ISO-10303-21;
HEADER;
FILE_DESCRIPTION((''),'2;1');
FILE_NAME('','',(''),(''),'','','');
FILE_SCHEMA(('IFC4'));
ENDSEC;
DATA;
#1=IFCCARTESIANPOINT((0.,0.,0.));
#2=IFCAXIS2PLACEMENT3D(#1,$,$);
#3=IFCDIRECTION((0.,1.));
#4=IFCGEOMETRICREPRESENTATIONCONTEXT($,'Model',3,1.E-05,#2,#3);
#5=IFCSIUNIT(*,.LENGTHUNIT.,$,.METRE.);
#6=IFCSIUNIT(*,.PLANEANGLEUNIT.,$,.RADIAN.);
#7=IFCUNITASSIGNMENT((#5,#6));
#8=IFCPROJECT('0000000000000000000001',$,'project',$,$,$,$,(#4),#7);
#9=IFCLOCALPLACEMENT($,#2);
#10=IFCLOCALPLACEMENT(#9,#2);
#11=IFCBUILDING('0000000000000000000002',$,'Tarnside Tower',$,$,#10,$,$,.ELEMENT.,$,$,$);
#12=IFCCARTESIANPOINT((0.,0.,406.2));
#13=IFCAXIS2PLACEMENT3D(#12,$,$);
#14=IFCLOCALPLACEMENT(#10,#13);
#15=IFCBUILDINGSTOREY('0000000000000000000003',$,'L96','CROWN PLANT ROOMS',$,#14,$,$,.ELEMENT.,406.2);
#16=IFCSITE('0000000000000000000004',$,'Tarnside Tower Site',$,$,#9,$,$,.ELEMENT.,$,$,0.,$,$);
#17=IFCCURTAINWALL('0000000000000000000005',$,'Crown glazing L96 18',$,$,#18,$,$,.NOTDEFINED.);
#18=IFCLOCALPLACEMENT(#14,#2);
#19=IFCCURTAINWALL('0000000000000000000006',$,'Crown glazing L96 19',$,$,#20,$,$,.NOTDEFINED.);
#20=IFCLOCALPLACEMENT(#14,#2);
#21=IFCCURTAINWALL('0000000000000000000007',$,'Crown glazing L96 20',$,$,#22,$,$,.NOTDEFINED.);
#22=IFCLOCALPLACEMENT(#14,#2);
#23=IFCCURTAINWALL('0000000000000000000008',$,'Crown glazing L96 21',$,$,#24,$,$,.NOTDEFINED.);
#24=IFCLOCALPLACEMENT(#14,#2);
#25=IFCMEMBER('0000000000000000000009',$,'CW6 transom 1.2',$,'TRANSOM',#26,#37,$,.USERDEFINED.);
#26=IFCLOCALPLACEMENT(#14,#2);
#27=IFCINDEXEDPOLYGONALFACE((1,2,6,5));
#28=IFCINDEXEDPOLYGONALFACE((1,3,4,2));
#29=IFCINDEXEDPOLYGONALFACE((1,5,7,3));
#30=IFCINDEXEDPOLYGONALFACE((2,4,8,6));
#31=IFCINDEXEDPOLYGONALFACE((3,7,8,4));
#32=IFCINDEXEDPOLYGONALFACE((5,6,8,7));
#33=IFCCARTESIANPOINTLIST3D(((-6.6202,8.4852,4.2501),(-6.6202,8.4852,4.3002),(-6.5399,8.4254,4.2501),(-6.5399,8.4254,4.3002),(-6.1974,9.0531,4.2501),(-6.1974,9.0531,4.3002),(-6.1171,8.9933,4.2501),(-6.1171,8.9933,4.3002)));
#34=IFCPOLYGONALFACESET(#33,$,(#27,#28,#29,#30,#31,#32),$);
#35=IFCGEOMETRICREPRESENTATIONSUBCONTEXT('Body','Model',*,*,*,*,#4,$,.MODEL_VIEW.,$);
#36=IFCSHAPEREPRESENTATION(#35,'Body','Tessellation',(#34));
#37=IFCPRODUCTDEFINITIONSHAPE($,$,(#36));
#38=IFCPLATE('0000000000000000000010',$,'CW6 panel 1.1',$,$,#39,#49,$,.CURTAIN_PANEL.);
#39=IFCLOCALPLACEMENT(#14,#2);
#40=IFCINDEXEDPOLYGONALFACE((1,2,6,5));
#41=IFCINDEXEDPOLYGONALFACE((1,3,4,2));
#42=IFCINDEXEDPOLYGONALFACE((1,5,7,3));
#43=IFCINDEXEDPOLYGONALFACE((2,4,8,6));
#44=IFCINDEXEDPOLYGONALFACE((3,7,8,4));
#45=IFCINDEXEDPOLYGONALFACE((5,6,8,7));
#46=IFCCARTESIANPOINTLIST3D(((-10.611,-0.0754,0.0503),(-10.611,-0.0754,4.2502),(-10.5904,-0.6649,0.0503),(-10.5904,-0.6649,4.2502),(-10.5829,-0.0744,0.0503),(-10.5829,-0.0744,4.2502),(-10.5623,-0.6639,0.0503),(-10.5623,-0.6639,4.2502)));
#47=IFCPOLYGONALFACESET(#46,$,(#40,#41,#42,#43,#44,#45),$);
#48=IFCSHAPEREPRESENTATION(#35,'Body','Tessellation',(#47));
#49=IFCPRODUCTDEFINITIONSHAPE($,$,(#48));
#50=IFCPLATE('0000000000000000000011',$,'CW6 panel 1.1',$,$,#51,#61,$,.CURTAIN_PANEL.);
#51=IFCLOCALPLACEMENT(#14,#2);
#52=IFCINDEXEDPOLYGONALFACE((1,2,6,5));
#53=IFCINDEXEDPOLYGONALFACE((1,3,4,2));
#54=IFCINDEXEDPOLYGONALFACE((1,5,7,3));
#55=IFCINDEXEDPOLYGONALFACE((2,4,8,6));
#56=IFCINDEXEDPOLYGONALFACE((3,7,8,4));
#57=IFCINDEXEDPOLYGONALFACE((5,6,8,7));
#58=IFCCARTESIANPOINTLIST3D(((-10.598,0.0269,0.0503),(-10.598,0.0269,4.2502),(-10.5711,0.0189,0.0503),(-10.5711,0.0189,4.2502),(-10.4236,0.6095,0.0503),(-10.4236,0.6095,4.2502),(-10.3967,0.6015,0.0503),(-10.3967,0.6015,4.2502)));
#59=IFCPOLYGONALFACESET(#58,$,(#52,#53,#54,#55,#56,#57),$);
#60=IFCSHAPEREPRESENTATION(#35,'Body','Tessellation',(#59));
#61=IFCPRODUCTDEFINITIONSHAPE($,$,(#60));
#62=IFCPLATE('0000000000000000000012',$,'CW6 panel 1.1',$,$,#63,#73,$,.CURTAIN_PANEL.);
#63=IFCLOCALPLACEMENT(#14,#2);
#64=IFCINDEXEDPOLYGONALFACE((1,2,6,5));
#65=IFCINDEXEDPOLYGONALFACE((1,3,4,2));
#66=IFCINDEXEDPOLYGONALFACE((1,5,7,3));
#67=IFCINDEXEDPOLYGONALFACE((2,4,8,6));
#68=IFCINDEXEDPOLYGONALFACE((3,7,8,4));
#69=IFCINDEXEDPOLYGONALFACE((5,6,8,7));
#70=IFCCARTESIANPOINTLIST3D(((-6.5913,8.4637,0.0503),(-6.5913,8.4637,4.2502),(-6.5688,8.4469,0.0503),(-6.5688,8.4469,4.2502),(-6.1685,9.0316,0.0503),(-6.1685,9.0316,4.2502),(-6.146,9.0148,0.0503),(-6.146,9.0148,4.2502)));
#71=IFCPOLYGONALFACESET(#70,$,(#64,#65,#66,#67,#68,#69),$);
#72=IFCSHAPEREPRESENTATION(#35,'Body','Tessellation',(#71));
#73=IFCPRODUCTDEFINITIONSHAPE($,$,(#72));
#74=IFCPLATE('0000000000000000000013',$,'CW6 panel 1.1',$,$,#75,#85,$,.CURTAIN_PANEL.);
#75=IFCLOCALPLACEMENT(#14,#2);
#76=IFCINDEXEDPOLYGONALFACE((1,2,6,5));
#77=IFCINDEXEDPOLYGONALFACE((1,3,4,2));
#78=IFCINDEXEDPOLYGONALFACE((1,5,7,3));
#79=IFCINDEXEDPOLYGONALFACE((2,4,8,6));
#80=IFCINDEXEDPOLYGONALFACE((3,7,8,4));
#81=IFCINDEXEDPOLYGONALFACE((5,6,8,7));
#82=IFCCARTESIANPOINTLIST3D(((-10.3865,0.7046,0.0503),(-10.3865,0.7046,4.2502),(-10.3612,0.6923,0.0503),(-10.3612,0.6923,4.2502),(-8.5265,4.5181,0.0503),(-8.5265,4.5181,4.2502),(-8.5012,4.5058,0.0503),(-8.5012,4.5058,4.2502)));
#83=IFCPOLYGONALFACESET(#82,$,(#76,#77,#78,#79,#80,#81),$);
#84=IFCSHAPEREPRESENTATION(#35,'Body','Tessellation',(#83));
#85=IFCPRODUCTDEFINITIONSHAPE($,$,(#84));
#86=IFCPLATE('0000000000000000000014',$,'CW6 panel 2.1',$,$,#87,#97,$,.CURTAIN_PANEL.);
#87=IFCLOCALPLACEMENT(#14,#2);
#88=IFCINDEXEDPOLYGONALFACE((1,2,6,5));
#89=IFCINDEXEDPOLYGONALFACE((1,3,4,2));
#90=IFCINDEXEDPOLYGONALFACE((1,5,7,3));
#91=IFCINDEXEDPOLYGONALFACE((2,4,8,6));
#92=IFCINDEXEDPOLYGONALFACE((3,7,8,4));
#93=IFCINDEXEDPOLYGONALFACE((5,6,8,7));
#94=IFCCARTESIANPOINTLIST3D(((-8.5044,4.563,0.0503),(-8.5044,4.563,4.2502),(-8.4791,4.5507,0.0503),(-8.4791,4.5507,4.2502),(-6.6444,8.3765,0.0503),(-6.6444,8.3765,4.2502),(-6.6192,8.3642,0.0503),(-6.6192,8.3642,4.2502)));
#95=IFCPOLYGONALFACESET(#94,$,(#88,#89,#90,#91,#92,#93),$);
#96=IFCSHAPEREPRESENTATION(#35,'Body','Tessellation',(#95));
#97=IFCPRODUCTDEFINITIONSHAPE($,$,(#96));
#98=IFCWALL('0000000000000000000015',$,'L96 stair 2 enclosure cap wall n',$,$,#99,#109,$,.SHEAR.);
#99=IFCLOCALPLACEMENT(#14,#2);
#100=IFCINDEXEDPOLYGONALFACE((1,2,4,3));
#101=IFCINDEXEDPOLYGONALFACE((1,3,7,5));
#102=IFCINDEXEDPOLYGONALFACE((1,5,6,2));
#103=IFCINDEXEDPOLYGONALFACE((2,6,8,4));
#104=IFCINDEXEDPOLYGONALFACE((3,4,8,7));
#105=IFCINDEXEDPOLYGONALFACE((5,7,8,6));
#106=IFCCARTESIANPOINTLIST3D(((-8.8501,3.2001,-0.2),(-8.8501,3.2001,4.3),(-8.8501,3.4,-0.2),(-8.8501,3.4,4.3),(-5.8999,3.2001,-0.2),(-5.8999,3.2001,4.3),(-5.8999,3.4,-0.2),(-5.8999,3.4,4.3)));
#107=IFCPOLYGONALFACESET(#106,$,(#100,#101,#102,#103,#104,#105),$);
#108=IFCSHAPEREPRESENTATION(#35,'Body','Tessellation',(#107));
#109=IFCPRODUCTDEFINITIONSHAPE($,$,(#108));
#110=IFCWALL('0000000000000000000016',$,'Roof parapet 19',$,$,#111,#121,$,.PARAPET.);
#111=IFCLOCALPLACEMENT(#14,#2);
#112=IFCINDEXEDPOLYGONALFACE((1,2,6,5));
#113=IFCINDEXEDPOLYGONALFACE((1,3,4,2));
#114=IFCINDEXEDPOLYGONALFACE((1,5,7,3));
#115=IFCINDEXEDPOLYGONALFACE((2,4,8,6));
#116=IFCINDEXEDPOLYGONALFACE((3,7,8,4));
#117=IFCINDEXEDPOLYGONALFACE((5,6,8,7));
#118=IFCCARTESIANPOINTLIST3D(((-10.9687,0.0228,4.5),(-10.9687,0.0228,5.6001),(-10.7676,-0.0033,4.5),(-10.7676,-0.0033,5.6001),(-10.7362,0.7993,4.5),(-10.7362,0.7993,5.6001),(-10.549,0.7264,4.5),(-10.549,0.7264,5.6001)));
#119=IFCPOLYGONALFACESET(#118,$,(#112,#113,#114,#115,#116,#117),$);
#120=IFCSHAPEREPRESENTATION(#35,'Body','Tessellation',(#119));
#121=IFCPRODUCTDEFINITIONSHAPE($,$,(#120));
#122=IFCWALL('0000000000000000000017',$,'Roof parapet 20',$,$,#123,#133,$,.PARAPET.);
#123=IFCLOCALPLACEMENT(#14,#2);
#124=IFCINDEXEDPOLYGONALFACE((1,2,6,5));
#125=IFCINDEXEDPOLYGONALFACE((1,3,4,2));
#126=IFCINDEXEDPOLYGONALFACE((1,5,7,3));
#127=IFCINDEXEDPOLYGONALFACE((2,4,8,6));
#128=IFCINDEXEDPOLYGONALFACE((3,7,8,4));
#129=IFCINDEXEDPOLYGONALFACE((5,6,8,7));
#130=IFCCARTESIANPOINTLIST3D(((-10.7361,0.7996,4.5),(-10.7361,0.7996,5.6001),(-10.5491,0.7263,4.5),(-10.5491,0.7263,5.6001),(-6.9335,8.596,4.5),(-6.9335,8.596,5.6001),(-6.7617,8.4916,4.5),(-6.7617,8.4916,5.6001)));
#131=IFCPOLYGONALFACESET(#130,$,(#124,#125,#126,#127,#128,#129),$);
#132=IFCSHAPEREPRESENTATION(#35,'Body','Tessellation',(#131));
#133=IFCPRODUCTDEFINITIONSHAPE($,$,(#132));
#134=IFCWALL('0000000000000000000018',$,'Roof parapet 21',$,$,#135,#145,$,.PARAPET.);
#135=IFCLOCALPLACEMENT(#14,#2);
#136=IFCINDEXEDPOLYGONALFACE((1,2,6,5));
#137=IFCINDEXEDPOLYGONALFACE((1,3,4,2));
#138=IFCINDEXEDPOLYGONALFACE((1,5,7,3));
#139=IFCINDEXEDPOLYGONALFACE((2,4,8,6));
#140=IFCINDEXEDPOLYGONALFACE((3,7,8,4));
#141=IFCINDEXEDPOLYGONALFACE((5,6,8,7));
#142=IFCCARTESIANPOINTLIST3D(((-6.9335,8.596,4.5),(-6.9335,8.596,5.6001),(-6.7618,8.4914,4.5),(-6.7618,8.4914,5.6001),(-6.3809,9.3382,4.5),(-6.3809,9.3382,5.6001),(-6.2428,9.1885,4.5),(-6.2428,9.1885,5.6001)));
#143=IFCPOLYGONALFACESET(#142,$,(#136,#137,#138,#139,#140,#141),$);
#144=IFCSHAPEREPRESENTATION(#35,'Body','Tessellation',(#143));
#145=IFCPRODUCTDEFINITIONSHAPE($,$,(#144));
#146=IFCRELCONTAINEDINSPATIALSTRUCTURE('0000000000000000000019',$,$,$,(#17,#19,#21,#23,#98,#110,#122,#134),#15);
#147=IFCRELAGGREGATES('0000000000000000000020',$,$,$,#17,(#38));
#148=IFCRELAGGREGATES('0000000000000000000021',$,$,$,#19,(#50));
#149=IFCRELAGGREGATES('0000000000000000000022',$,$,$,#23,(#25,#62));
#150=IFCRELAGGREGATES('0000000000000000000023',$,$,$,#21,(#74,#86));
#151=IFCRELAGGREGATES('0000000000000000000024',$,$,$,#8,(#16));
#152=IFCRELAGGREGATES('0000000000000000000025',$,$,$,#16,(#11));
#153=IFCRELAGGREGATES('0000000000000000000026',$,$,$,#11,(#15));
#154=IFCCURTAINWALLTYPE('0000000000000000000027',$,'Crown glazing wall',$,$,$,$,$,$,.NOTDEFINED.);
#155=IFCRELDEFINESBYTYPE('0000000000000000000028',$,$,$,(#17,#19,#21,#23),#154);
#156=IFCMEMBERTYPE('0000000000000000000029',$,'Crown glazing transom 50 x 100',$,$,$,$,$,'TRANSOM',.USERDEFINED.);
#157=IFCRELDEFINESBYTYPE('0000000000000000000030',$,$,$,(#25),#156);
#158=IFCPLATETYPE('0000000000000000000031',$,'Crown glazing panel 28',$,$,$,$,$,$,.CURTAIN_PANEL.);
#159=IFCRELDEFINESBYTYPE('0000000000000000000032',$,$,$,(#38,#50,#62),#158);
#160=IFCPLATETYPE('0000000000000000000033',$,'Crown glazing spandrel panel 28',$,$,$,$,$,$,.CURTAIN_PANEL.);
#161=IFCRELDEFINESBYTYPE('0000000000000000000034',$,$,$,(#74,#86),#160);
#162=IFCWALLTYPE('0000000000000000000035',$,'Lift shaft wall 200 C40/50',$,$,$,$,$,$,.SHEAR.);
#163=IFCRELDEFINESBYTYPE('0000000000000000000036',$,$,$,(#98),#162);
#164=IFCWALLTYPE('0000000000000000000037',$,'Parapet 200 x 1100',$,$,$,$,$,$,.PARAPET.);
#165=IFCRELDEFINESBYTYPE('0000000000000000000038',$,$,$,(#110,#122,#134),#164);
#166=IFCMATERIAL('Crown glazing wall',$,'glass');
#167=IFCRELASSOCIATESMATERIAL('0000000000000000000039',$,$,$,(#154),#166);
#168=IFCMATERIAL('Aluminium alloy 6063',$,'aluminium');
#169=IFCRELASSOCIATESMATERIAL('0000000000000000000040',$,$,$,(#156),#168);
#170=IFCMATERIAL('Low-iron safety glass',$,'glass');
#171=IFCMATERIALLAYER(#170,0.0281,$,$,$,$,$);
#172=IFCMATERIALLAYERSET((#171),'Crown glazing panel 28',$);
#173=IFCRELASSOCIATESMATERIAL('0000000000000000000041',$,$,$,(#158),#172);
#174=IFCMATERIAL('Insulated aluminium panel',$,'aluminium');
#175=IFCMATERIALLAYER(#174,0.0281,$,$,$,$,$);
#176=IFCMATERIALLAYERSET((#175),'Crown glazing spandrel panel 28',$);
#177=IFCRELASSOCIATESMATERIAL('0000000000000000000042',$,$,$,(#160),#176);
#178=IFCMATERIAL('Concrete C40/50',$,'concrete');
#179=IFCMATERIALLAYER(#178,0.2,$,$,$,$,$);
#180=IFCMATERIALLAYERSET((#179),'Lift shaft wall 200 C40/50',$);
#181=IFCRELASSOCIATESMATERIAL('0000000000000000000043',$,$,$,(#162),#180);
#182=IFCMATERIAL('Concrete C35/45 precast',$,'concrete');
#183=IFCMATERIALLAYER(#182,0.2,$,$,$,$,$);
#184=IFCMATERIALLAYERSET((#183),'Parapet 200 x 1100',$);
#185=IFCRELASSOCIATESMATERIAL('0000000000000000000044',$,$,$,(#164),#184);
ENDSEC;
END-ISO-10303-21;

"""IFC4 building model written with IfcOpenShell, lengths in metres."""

from ifc_helpers import new_model, si_unit, direction, frame, frame_2d, origin, origin_2d, place, context, subcontext, project, spatial, polyline, rectangle, outline, extrude, material, layer, layer_set, material_profile, profile_set, type_object, element, aggregate, save


model = new_model("IFC4")

# Units and contexts
model_context = context("Model", 3, precision=1e-05, world=origin(), true_north=direction((0.0, 1.0)))
body_context = subcontext(model_context, "Body", "Model", "MODEL_VIEW")
ifc_project = project(units=[si_unit("LENGTHUNIT", "METRE"), si_unit("PLANEANGLEUNIT", "RADIAN")], contexts=[model_context])

# Site, building, storey
site_placement = place(None, origin())
site = spatial("IfcSite", under=ifc_project, at=site_placement, Name="Tarnside Tower Site", CompositionType="ELEMENT", RefElevation=0.0)
building_placement = place(site_placement, origin())
building = spatial("IfcBuilding", under=site, at=building_placement, Name="Tarnside Tower", CompositionType="ELEMENT")
storey_placement = place(building_placement, frame((0.0, 0.0, 406.2)))
storey = spatial("IfcBuildingStorey", under=building, at=storey_placement, Name="L96", Description="CROWN PLANT ROOMS", CompositionType="ELEMENT", Elevation=406.2)

# Curtain wall
ifc_material_1 = material(Name="Crown glazing wall", Category="glass")
curtain_wall_type = type_object("IfcCurtainWallType", Name="Crown glazing wall", PredefinedType="NOTDEFINED", material=ifc_material_1)
curtain_wall_1_placement = place(storey_placement, origin())
curtain_wall_1 = element("IfcCurtainWall", 1, at=curtain_wall_1_placement, inside=storey, type_object=curtain_wall_type, Name="Crown glazing L96 18", PredefinedType="NOTDEFINED")
ifc_material_2 = material(Name="Aluminium alloy 6063", Category="aluminium")

# Curtain walls
curtain_wall_2_placement = place(storey_placement, origin())
curtain_wall_2 = element("IfcCurtainWall", 2, at=curtain_wall_2_placement, inside=storey, type_object=curtain_wall_type, Name="Crown glazing L96 19", PredefinedType="NOTDEFINED")
curtain_wall_3_placement = place(storey_placement, origin())
curtain_wall_3 = element("IfcCurtainWall", 3, at=curtain_wall_3_placement, inside=storey, type_object=curtain_wall_type, Name="Crown glazing L96 20", PredefinedType="NOTDEFINED")

# Curtain wall
curtain_wall_4_placement = place(storey_placement, origin())
curtain_wall_4 = element("IfcCurtainWall", 4, at=curtain_wall_4_placement, inside=storey, type_object=curtain_wall_type, Name="Crown glazing L96 21", PredefinedType="NOTDEFINED")

# Member
ifc_material_profile_1 = material_profile(ifc_material_2, rectangle(XDim=0.1001, YDim=0.05, at=origin_2d()), Name="Crown glazing transom 50 x 100")
ifc_profile_set_1 = profile_set([ifc_material_profile_1], Name="Aluminium alloy 6063")
member_type_1 = type_object("IfcMemberType", Name="Crown glazing transom 50 x 100", ElementType="TRANSOM", PredefinedType="USERDEFINED", material=ifc_profile_set_1)
member_1_placement = place(storey_placement, frame((-6.5801, 8.4553, 4.2751), z_axis=(0.597238, 0.802064, 0.0), x_axis=(-0.802064, 0.597238, 0.0)))
member_1 = element("IfcMember", 5, at=member_1_placement, type_object=member_type_1, Name="CW6 transom 1.2", ObjectType="TRANSOM", PredefinedType="USERDEFINED", context=body_context, shape_type="SweptSolid", body=[
    extrude(rectangle(XDim=0.1001, YDim=0.05, at=origin_2d()), origin(), (0.0, 0.0, 1.0), 0.708),
])

# Plates
ifc_material_3 = material(Name="Low-iron safety glass", Category="glass")
ifc_layer_1 = layer(ifc_material_3, 0.0281)
ifc_layer_set_1 = layer_set([ifc_layer_1], Name="Crown glazing panel 28")
plate_type_1 = type_object("IfcPlateType", Name="Crown glazing panel 28", PredefinedType="CURTAIN_PANEL", material=ifc_layer_set_1)
plate_1_placement = place(storey_placement, frame((-10.5867, -0.3696, 0.0503), z_axis=(0.0, 0.0, 1.0), x_axis=(-0.034899, 0.999391, 0.0)))
plate_1 = element("IfcPlate", 6, at=plate_1_placement, type_object=plate_type_1, Name="CW6 panel 1.1", PredefinedType="CURTAIN_PANEL", context=body_context, shape_type="SweptSolid", body=[
    extrude(rectangle(XDim=0.5898, YDim=0.0281, at=origin_2d()), origin(), (0.0, 0.0, 1.0), 4.2),
])
aggregate(curtain_wall_1, [plate_1])
plate_2_placement = place(storey_placement, frame((-10.4973, 0.3142, 0.0503), z_axis=(0.0, 0.0, 1.0), x_axis=(0.286803, 0.95799, 0.0)))
plate_2 = element("IfcPlate", 7, at=plate_2_placement, type_object=plate_type_1, Name="CW6 panel 1.1", PredefinedType="CURTAIN_PANEL", context=body_context, shape_type="SweptSolid", body=[
    extrude(rectangle(XDim=0.6082, YDim=0.0281, at=origin_2d()), origin(), (0.0, 0.0, 1.0), 4.2),
])
aggregate(curtain_wall_2, [plate_2])
plate_3_placement = place(storey_placement, frame((-6.3687, 8.7393, 0.0503), z_axis=(0.0, 0.0, 1.0), x_axis=(0.597159, 0.802123, 0.0)))
plate_3 = element("IfcPlate", 8, at=plate_3_placement, type_object=plate_type_1, Name="CW6 panel 1.1", PredefinedType="CURTAIN_PANEL", context=body_context, shape_type="SweptSolid", body=[
    extrude(rectangle(XDim=0.708, YDim=0.0281, at=origin_2d()), origin(), (0.0, 0.0, 1.0), 4.2),
])
aggregate(curtain_wall_4, [member_1, plate_3])
ifc_material_4 = material(Name="Insulated aluminium panel", Category="aluminium")
ifc_layer_2 = layer(ifc_material_4, 0.0281)
ifc_layer_set_2 = layer_set([ifc_layer_2], Name="Crown glazing spandrel panel 28")
plate_type_2 = type_object("IfcPlateType", Name="Crown glazing spandrel panel 28", PredefinedType="CURTAIN_PANEL", material=ifc_layer_set_2)
plate_4_placement = place(storey_placement, frame((-9.4438, 2.6052, 0.0503), z_axis=(0.0, 0.0, 1.0), x_axis=(0.438371, 0.898794, 0.0)))
plate_4 = element("IfcPlate", 9, at=plate_4_placement, type_object=plate_type_2, Name="CW6 panel 1.1", PredefinedType="CURTAIN_PANEL", context=body_context, shape_type="SweptSolid", body=[
    extrude(rectangle(XDim=4.2429, YDim=0.0281, at=origin_2d()), origin(), (0.0, 0.0, 1.0), 4.2),
])
plate_5_placement = place(storey_placement, frame((-7.5618, 6.4636, 0.0503), z_axis=(0.0, 0.0, 1.0), x_axis=(0.438371, 0.898794, 0.0)))
plate_5 = element("IfcPlate", 10, at=plate_5_placement, type_object=plate_type_2, Name="CW6 panel 2.1", PredefinedType="CURTAIN_PANEL", context=body_context, shape_type="SweptSolid", body=[
    extrude(rectangle(XDim=4.2429, YDim=0.0281, at=origin_2d()), origin(), (0.0, 0.0, 1.0), 4.2),
])
aggregate(curtain_wall_3, [plate_4, plate_5])

# Walls
ifc_material_5 = material(Name="Concrete C40/50", Category="concrete")
ifc_layer_3 = layer(ifc_material_5, 0.2)
ifc_layer_set_3 = layer_set([ifc_layer_3], Name="Lift shaft wall 200 C40/50")
wall_type_1 = type_object("IfcWallType", Name="Lift shaft wall 200 C40/50", PredefinedType="SHEAR", material=ifc_layer_set_3)
wall_1_placement = place(storey_placement, frame((-8.8501, 3.3, -0.2), z_axis=(0.0, 0.0, 1.0), x_axis=(1.0, 0.0, 0.0)))
element("IfcWall", 11, at=wall_1_placement, inside=storey, type_object=wall_type_1, Name="L96 stair 2 enclosure cap wall n", PredefinedType="SHEAR", context=body_context, shape_type="SweptSolid", body=[
    extrude(rectangle(XDim=2.9502, YDim=0.2, at=frame_2d((1.4751, 0.0))), origin(), (0.0, 0.0, 1.0), 4.5),
])
ifc_material_6 = material(Name="Concrete C35/45 precast", Category="concrete")
ifc_layer_4 = layer(ifc_material_6, 0.2)
ifc_layer_set_4 = layer_set([ifc_layer_4], Name="Parapet 200 x 1100")
wall_type_2 = type_object("IfcWallType", Name="Parapet 200 x 1100", PredefinedType="PARAPET", material=ifc_layer_set_4)
wall_2_placement = place(storey_placement, frame((-10.8682, 0.0098, 4.5), z_axis=(0.0, 0.0, 1.0), x_axis=(0.286921, 0.957954, 0.0)))
element("IfcWall", 12, at=wall_2_placement, inside=storey, type_object=wall_type_2, Name="Roof parapet 19", PredefinedType="PARAPET", context=body_context, shape_type="SweptSolid", body=[
    extrude(outline(polyline([(0.0164, -0.1001), (0.7781, -0.1001), (0.7942, 0.1001), (-0.0164, 0.1001), (0.0164, -0.1001)])), origin(), (0.0, 0.0, 1.0), 1.1001),
])
wall_3_placement = place(storey_placement, frame((-10.6426, 0.7629, 4.5), z_axis=(0.0, 0.0, 1.0), x_axis=(0.43837, 0.898794, 0.0)))
element("IfcWall", 13, at=wall_3_placement, inside=storey, type_object=wall_type_2, Name="Roof parapet 20", PredefinedType="PARAPET", context=body_context, shape_type="SweptSolid", body=[
    extrude(outline(polyline([(0.0081, -0.1001), (8.6477, -0.1001), (8.6663, 0.1001), (-0.0081, 0.1001), (0.0081, -0.1001)])), origin(), (0.0, 0.0, 1.0), 1.1001),
])
wall_4_placement = place(storey_placement, frame((-6.8477, 8.5437, 4.5), z_axis=(0.0, 0.0, 1.0), x_axis=(0.59721, 0.802085, 0.0)))
element("IfcWall", 14, at=wall_4_placement, inside=storey, type_object=wall_type_2, Name="Roof parapet 21", PredefinedType="PARAPET", context=body_context, shape_type="SweptSolid", body=[
    extrude(outline(polyline([(0.0093, -0.1001), (0.8784, -0.1001), (0.916, 0.1001), (-0.0093, 0.1001), (0.0093, -0.1001)])), origin(), (0.0, 0.0, 1.0), 1.1001),
])

save(model, "model.ifc")
